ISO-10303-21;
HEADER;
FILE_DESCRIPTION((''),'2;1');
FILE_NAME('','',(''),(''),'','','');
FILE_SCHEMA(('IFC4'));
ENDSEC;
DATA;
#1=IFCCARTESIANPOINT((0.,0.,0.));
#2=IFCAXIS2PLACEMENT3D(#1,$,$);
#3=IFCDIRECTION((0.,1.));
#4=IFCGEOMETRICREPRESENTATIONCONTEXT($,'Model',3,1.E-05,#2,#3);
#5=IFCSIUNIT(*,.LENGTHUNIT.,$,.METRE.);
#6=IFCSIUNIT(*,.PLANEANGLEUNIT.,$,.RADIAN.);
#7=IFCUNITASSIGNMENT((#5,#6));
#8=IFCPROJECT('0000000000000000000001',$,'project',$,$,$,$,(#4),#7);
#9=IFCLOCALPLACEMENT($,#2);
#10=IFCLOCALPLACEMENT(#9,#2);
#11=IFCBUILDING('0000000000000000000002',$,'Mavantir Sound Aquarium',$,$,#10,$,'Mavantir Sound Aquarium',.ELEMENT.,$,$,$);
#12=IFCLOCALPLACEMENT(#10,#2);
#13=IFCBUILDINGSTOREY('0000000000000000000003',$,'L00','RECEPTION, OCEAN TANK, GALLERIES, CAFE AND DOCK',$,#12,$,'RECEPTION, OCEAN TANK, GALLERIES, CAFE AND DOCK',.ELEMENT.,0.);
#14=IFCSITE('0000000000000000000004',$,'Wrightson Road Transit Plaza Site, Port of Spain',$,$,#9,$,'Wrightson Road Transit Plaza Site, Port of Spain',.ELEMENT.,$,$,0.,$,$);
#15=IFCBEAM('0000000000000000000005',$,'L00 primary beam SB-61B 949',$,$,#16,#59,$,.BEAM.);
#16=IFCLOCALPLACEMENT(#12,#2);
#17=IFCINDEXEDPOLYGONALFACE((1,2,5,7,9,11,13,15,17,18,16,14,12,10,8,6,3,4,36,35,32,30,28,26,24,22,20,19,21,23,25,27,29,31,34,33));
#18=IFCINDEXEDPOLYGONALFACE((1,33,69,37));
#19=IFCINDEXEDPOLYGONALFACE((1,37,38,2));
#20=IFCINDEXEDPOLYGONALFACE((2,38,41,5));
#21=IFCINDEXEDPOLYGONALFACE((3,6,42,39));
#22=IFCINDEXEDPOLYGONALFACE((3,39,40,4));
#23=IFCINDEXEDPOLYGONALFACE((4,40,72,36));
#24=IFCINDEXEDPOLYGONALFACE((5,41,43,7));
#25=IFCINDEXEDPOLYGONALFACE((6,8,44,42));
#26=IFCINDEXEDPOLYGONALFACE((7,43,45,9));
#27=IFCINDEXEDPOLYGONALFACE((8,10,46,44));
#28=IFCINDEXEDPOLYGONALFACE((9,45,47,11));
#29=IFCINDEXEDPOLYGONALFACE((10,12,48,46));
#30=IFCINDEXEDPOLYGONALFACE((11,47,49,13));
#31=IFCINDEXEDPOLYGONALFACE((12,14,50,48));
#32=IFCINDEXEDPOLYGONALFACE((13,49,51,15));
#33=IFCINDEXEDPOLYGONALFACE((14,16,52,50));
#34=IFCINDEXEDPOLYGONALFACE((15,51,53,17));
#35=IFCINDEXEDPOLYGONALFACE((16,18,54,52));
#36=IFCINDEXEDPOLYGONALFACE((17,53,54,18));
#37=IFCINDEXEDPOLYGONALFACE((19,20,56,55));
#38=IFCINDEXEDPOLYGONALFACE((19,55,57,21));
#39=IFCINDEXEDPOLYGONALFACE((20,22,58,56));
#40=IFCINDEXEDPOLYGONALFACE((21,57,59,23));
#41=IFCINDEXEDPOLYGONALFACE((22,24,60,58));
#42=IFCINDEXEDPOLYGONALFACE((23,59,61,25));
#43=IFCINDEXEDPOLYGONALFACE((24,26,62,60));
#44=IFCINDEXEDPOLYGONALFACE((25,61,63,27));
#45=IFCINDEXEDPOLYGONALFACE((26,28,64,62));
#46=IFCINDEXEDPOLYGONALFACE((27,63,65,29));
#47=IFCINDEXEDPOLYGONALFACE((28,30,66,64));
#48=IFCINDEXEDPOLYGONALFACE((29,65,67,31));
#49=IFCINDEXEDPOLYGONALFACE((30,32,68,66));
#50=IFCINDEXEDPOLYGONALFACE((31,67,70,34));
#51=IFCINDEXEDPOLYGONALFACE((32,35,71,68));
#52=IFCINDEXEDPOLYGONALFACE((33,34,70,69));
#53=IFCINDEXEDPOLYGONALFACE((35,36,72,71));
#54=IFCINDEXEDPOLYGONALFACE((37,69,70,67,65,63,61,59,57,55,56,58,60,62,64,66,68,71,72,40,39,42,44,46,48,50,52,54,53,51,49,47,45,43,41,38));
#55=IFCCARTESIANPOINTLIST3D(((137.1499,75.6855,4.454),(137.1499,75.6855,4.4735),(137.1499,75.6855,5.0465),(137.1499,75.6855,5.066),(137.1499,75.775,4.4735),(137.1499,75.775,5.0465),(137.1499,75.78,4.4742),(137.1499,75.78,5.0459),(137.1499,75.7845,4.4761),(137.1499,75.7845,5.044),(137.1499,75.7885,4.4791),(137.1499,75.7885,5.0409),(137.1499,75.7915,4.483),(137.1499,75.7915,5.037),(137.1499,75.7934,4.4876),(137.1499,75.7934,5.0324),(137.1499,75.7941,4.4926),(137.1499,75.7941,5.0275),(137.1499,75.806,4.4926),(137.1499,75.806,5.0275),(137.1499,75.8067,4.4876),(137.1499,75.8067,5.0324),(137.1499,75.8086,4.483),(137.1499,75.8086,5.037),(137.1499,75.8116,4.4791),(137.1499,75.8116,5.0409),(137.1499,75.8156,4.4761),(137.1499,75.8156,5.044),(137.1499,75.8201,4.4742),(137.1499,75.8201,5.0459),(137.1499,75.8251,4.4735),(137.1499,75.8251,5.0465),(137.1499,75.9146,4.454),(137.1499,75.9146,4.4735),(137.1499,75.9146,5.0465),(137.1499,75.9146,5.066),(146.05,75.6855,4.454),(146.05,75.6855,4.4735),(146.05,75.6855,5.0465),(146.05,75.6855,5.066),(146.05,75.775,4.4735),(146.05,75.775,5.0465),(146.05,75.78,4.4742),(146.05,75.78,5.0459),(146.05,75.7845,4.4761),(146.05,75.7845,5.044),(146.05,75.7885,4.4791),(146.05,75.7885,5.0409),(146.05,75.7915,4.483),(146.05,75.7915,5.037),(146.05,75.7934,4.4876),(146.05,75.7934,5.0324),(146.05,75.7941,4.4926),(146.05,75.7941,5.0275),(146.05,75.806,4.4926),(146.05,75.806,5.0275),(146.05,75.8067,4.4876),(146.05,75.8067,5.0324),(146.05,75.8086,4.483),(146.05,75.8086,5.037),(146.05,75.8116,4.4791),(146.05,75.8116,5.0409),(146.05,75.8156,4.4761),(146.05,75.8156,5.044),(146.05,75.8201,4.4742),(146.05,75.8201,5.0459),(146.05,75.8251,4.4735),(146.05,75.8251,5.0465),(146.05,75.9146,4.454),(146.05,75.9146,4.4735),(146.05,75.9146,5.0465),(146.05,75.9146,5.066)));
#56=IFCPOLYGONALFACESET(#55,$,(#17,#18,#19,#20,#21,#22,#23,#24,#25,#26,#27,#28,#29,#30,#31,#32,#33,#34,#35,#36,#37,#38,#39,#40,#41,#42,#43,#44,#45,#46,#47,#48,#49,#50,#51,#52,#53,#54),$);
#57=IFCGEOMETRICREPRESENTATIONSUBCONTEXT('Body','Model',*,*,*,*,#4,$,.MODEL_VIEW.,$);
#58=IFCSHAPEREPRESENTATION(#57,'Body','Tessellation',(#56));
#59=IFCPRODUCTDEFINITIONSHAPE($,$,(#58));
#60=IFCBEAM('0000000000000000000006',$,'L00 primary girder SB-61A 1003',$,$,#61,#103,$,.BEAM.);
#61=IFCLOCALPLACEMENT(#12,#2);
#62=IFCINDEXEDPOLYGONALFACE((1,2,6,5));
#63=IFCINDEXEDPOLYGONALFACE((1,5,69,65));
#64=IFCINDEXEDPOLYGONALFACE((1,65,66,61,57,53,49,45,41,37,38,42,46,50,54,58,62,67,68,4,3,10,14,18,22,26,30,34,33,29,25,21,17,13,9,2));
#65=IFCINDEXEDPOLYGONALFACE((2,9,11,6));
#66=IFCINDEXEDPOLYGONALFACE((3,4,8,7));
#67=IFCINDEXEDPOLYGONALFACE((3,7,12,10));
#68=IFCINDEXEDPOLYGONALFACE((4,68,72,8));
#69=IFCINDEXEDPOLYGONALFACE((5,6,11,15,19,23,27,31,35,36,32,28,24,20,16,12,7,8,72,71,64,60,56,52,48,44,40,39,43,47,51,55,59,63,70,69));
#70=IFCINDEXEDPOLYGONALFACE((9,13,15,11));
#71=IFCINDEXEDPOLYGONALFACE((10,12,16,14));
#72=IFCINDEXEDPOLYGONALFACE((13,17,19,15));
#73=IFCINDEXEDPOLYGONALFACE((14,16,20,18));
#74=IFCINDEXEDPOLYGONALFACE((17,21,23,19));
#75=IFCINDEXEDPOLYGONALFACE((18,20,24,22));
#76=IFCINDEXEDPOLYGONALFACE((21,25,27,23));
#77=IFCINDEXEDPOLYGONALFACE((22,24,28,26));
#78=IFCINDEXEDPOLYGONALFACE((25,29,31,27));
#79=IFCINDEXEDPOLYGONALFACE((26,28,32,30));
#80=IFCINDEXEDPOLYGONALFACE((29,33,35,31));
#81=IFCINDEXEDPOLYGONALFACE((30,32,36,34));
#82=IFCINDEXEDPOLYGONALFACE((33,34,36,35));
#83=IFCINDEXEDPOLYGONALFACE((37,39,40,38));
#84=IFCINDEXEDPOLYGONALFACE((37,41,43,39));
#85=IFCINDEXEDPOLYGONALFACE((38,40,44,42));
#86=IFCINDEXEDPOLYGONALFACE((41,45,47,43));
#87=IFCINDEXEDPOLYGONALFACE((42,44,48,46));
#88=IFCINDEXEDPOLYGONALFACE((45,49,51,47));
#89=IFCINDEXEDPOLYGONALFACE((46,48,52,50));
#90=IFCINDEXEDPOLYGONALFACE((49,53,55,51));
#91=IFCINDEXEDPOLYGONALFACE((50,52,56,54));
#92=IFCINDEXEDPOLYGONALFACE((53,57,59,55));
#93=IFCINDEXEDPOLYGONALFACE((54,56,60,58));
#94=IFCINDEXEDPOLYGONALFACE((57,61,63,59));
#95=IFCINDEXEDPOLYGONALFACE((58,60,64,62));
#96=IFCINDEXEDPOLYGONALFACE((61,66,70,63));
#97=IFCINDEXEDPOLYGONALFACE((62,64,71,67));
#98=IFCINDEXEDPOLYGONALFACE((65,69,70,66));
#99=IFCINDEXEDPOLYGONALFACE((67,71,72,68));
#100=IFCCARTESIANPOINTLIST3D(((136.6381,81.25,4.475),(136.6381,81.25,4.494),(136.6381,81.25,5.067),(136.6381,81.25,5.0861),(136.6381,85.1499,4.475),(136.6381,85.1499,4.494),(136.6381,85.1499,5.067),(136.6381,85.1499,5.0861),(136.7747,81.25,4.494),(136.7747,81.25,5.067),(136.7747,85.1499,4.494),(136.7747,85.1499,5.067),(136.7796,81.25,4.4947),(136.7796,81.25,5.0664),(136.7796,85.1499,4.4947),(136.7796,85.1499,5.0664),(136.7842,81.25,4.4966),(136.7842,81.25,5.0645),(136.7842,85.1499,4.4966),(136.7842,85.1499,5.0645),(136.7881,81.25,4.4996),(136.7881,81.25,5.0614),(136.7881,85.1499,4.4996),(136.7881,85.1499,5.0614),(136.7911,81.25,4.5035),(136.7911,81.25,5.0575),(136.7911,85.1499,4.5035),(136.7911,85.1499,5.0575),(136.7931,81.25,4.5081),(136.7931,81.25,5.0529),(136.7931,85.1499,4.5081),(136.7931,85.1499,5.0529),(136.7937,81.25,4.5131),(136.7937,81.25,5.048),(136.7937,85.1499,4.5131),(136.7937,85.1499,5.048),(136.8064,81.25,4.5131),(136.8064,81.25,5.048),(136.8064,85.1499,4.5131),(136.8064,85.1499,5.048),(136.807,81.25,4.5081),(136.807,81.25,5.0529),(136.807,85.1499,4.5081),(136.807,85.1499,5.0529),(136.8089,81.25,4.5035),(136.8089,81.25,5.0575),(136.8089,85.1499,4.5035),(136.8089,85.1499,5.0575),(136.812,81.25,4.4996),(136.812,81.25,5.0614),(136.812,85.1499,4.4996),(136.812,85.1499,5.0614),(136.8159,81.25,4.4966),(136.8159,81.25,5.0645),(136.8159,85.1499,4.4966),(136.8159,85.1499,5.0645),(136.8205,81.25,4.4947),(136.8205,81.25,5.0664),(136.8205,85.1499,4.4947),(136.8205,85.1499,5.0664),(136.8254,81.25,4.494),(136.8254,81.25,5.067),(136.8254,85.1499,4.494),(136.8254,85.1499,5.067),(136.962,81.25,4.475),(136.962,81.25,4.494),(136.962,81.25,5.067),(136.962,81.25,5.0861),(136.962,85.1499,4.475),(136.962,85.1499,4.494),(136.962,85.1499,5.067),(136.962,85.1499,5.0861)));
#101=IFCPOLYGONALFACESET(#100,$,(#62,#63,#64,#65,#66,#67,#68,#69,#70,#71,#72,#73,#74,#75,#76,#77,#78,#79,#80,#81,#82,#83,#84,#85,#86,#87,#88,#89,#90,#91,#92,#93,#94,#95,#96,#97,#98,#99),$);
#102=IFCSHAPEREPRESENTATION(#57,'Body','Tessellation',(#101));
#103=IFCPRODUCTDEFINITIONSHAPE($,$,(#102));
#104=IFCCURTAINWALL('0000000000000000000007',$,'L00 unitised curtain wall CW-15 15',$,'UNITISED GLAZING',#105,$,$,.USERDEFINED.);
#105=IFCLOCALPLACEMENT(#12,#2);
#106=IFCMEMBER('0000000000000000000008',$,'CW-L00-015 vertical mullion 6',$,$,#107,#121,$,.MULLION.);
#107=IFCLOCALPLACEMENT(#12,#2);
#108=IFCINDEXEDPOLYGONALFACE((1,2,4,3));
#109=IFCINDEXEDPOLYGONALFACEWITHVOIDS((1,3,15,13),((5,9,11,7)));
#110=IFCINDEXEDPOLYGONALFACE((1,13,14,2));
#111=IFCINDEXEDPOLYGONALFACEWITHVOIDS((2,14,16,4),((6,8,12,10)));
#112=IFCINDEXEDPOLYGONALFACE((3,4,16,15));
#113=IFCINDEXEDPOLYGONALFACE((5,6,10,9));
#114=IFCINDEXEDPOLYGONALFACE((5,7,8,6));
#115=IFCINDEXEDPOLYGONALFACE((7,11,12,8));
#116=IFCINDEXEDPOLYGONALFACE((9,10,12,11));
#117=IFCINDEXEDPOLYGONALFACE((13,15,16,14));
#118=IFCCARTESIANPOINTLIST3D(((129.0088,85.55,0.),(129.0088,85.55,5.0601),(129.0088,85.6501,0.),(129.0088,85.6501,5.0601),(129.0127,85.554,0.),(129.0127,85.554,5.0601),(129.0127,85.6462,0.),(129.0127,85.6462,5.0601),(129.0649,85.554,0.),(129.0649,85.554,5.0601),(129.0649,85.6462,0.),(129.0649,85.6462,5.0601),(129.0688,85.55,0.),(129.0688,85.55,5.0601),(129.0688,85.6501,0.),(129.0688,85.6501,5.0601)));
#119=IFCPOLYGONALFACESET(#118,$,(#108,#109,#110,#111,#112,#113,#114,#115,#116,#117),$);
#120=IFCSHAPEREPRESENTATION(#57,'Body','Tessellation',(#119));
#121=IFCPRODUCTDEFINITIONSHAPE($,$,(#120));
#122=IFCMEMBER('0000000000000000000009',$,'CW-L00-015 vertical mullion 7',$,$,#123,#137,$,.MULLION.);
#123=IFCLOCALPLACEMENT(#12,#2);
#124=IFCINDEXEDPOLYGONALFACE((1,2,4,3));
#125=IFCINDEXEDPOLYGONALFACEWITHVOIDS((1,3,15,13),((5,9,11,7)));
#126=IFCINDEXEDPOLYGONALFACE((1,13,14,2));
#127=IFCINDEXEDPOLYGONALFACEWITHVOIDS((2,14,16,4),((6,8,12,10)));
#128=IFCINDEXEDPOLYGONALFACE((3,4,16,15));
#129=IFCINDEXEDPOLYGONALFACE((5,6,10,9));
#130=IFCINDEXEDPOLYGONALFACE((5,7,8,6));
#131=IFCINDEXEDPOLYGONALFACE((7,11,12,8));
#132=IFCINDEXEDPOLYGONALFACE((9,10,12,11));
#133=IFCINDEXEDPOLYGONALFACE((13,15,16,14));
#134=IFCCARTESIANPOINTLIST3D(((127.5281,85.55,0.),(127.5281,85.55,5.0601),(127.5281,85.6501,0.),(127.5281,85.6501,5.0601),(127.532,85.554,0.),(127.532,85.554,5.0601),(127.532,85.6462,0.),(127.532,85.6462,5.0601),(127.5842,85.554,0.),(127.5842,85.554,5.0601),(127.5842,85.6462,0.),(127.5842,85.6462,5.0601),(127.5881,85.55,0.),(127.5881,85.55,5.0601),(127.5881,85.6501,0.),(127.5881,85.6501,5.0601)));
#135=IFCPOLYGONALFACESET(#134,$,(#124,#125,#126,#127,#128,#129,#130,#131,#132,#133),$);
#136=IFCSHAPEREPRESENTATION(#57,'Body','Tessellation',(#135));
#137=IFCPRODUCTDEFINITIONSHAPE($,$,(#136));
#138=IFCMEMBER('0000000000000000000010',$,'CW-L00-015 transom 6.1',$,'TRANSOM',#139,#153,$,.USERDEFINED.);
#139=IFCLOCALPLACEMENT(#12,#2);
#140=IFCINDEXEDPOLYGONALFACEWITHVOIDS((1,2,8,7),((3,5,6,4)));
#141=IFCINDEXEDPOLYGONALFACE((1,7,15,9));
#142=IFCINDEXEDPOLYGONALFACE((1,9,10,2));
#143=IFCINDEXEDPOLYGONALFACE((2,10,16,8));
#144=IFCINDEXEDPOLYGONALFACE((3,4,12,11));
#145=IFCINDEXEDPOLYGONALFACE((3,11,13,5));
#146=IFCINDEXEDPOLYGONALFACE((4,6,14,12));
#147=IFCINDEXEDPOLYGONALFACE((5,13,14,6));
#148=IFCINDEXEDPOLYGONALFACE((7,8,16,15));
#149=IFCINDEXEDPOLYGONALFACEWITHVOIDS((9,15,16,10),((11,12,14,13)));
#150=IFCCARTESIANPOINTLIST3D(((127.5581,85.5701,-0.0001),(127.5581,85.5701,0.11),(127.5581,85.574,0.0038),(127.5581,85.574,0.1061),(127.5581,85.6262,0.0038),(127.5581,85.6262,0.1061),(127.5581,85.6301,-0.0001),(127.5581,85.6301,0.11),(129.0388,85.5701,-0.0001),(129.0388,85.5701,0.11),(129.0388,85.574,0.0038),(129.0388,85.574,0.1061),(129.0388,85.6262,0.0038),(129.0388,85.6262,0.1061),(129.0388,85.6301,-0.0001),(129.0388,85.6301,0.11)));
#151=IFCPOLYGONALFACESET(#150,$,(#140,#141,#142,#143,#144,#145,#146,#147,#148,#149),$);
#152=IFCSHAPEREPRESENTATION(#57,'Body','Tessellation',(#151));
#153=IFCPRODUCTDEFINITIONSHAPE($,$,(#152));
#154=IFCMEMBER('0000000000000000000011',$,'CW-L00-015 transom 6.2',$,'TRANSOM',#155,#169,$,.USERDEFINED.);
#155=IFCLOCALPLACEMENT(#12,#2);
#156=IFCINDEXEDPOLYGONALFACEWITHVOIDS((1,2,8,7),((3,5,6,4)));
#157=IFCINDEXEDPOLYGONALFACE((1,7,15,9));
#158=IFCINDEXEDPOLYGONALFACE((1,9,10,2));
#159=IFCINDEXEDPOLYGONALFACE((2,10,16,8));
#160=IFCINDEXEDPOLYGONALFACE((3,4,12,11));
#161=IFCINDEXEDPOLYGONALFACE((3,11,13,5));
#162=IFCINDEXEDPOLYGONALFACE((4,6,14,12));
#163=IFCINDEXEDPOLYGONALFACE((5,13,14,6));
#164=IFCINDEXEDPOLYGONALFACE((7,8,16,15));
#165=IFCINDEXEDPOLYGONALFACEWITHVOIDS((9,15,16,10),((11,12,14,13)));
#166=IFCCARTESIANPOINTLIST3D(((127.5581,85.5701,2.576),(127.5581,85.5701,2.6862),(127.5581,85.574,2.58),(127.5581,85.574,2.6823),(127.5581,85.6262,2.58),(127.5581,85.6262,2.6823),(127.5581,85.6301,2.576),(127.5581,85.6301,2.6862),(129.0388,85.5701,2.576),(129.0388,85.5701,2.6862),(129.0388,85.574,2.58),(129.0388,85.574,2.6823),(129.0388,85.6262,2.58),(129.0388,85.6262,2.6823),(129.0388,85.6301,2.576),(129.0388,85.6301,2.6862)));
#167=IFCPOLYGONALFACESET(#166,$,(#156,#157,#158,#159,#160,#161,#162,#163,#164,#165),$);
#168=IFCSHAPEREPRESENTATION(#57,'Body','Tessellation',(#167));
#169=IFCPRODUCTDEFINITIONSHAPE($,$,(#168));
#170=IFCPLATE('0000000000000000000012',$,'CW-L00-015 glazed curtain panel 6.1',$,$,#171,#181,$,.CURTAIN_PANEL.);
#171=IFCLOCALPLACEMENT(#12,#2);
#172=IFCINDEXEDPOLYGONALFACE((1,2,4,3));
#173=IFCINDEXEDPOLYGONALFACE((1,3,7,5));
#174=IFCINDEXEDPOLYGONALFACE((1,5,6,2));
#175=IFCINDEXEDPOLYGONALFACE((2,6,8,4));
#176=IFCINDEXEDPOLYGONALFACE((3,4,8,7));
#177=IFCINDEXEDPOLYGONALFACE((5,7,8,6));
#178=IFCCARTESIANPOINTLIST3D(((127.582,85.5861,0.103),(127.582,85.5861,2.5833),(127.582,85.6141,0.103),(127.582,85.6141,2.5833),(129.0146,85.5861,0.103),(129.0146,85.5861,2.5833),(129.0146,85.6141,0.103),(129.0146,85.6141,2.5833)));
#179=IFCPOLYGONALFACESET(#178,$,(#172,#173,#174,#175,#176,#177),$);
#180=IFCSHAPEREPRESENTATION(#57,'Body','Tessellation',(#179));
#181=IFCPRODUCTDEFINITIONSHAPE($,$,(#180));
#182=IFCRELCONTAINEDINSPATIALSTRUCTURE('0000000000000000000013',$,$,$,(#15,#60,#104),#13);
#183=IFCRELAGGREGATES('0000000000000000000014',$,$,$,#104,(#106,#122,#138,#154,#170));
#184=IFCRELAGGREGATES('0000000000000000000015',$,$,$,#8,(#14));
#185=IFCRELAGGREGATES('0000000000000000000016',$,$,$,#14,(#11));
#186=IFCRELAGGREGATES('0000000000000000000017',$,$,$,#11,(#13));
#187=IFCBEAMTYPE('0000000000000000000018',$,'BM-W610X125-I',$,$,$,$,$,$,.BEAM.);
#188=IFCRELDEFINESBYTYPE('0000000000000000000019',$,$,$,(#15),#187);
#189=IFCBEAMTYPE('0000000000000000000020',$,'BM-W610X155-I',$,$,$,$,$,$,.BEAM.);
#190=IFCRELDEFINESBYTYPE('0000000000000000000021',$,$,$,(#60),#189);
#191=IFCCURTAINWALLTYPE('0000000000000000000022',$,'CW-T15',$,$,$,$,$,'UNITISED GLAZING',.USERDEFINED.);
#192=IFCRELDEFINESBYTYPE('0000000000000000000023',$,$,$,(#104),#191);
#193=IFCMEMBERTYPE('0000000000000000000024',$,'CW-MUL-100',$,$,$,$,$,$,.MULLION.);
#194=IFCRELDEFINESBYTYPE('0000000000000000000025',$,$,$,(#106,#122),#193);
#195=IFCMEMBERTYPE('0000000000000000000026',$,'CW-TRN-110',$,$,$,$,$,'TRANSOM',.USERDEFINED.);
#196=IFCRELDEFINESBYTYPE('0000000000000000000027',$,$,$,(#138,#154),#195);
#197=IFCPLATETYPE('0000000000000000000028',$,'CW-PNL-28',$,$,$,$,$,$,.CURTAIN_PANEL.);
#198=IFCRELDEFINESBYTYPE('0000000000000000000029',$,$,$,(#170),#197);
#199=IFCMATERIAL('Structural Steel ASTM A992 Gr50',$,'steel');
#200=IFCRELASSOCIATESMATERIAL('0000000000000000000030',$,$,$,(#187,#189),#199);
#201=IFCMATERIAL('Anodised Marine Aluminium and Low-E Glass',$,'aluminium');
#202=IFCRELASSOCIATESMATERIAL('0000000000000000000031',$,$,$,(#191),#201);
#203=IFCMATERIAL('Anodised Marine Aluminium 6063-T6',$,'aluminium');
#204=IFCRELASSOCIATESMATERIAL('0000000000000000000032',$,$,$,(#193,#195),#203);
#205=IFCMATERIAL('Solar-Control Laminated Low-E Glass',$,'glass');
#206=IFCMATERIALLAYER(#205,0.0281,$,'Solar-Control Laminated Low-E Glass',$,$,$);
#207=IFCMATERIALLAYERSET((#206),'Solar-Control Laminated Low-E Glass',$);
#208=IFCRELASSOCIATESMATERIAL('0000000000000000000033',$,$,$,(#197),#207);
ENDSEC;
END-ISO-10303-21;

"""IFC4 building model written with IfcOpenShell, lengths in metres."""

from ifc_helpers import new_model, si_unit, direction, frame, origin, origin_2d, place, context, subcontext, project, spatial, rectangle, hollow_rectangle, i_section, extrude, material, layer, layer_set, material_profile, profile_set, type_object, element, aggregate, save


model = new_model("IFC4")

# Units and contexts
model_context = context("Model", 3, precision=1e-05, world=origin(), true_north=direction((0.0, 1.0)))
body_context = subcontext(model_context, "Body", "Model", "MODEL_VIEW")
ifc_project = project(units=[si_unit("LENGTHUNIT", "METRE"), si_unit("PLANEANGLEUNIT", "RADIAN")], contexts=[model_context])

# Site, building, storey
site_placement = place(None, origin())
site = spatial("IfcSite", under=ifc_project, at=site_placement, Name="Wrightson Road Transit Plaza Site, Port of Spain", LongName="Wrightson Road Transit Plaza Site, Port of Spain", CompositionType="ELEMENT", RefElevation=0.0)
building_placement = place(site_placement, origin())
building = spatial("IfcBuilding", under=site, at=building_placement, Name="Mavantir Sound Aquarium", LongName="Mavantir Sound Aquarium", CompositionType="ELEMENT")
storey_placement = place(building_placement, origin())
storey = spatial("IfcBuildingStorey", under=building, at=storey_placement, Name="L00", Description="RECEPTION, OCEAN TANK, GALLERIES, CAFE AND DOCK", LongName="RECEPTION, OCEAN TANK, GALLERIES, CAFE AND DOCK", CompositionType="ELEMENT", Elevation=0.0)

# Beams
ifc_material_1 = material(Name="Structural Steel ASTM A992 Gr50", Category="steel")
ifc_material_profile_1 = material_profile(ifc_material_1, i_section(OverallWidth=0.229, OverallDepth=0.6121, WebThickness=0.012, FlangeThickness=0.0195, FilletRadius=0.019, at=origin_2d()), Name="W610X125")
ifc_profile_set_1 = profile_set([ifc_material_profile_1], Name="Structural Steel ASTM A992 Gr50")
beam_type_1 = type_object("IfcBeamType", Name="BM-W610X125-I", PredefinedType="BEAM", material=ifc_profile_set_1)
beam_1_placement = place(storey_placement, frame((137.1499, 75.8, 4.76), z_axis=(1.0, 0.0, 0.0), x_axis=(0.0, 1.0, 0.0)))
element("IfcBeam", 1, at=beam_1_placement, inside=storey, type_object=beam_type_1, Name="L00 primary beam SB-61B 949", PredefinedType="BEAM", context=body_context, shape_type="SweptSolid", body=[
    extrude(i_section(OverallWidth=0.229, OverallDepth=0.6121, WebThickness=0.012, FlangeThickness=0.0195, FilletRadius=0.019, at=origin_2d()), origin(), (0.0, 0.0, 1.0), 8.9001),
])
ifc_material_profile_2 = material_profile(ifc_material_1, i_section(OverallWidth=0.324, OverallDepth=0.6111, WebThickness=0.0127, FlangeThickness=0.019, FilletRadius=0.019, at=origin_2d()), Name="W610X155")
ifc_profile_set_2 = profile_set([ifc_material_profile_2], Name="Structural Steel ASTM A992 Gr50")
beam_type_2 = type_object("IfcBeamType", Name="BM-W610X155-I", PredefinedType="BEAM", material=ifc_profile_set_2)
beam_2_placement = place(storey_placement, frame((136.8, 81.25, 4.7805), z_axis=(0.0, 1.0, 0.0), x_axis=(-1.0, 0.0, 0.0)))
element("IfcBeam", 2, at=beam_2_placement, inside=storey, type_object=beam_type_2, Name="L00 primary girder SB-61A 1003", PredefinedType="BEAM", context=body_context, shape_type="SweptSolid", body=[
    extrude(i_section(OverallWidth=0.324, OverallDepth=0.6111, WebThickness=0.0127, FlangeThickness=0.019, FilletRadius=0.019, at=origin_2d()), origin(), (0.0, 0.0, 1.0), 3.8999),
])

# Curtain wall, members, plate
ifc_material_2 = material(Name="Anodised Marine Aluminium and Low-E Glass", Category="aluminium")
curtain_wall_type = type_object("IfcCurtainWallType", Name="CW-T15", ElementType="UNITISED GLAZING", PredefinedType="USERDEFINED", material=ifc_material_2)
curtain_wall_placement = place(storey_placement, origin())
curtain_wall = element("IfcCurtainWall", 3, at=curtain_wall_placement, inside=storey, type_object=curtain_wall_type, Name="L00 unitised curtain wall CW-15 15", ObjectType="UNITISED GLAZING", PredefinedType="USERDEFINED")
ifc_material_3 = material(Name="Anodised Marine Aluminium 6063-T6", Category="aluminium")
ifc_material_profile_3 = material_profile(ifc_material_3, hollow_rectangle(XDim=0.0601, YDim=0.1001, WallThickness=0.0039, at=origin_2d()), Name="ALU-MULLION-100X60")
ifc_profile_set_3 = profile_set([ifc_material_profile_3], Name="Anodised Marine Aluminium 6063-T6")
member_type_1 = type_object("IfcMemberType", Name="CW-MUL-100", PredefinedType="MULLION", material=ifc_profile_set_3)
member_1_placement = place(storey_placement, frame((129.0388, 85.6001, 0.0), z_axis=(0.0, 0.0, 1.0), x_axis=(1.0, 0.0, 0.0)))
member_1 = element("IfcMember", 4, at=member_1_placement, type_object=member_type_1, Name="CW-L00-015 vertical mullion 6", PredefinedType="MULLION", context=body_context, shape_type="SweptSolid", body=[
    extrude(hollow_rectangle(XDim=0.0601, YDim=0.1001, WallThickness=0.0039, at=origin_2d()), origin(), (0.0, 0.0, 1.0), 5.0601),
])
member_2_placement = place(storey_placement, frame((127.5581, 85.6001, 0.0), z_axis=(0.0, 0.0, 1.0), x_axis=(1.0, 0.0, 0.0)))
member_2 = element("IfcMember", 5, at=member_2_placement, type_object=member_type_1, Name="CW-L00-015 vertical mullion 7", PredefinedType="MULLION", context=body_context, shape_type="SweptSolid", body=[
    extrude(hollow_rectangle(XDim=0.0601, YDim=0.1001, WallThickness=0.0039, at=origin_2d()), origin(), (0.0, 0.0, 1.0), 5.0601),
])
ifc_material_profile_4 = material_profile(ifc_material_3, hollow_rectangle(XDim=0.0601, YDim=0.1101, WallThickness=0.0039, at=origin_2d()), Name="ALU-TRANSOM-110X60")
ifc_profile_set_4 = profile_set([ifc_material_profile_4], Name="Anodised Marine Aluminium 6063-T6")
member_type_2 = type_object("IfcMemberType", Name="CW-TRN-110", ElementType="TRANSOM", PredefinedType="USERDEFINED", material=ifc_profile_set_4)
member_3_placement = place(storey_placement, frame((129.0388, 85.6001, 0.0549), z_axis=(-1.0, 0.0, 0.0), x_axis=(0.0, -1.0, 0.0)))
member_3 = element("IfcMember", 6, at=member_3_placement, type_object=member_type_2, Name="CW-L00-015 transom 6.1", ObjectType="TRANSOM", PredefinedType="USERDEFINED", context=body_context, shape_type="SweptSolid", body=[
    extrude(hollow_rectangle(XDim=0.0601, YDim=0.1101, WallThickness=0.0039, at=origin_2d()), origin(), (0.0, 0.0, 1.0), 1.4807),
])
member_4_placement = place(storey_placement, frame((129.0388, 85.6001, 2.6311), z_axis=(-1.0, 0.0, 0.0), x_axis=(0.0, -1.0, 0.0)))
member_4 = element("IfcMember", 7, at=member_4_placement, type_object=member_type_2, Name="CW-L00-015 transom 6.2", ObjectType="TRANSOM", PredefinedType="USERDEFINED", context=body_context, shape_type="SweptSolid", body=[
    extrude(hollow_rectangle(XDim=0.0601, YDim=0.1101, WallThickness=0.0039, at=origin_2d()), origin(), (0.0, 0.0, 1.0), 1.4807),
])
ifc_material_4 = material(Name="Solar-Control Laminated Low-E Glass", Category="glass")
ifc_layer_1 = layer(ifc_material_4, 0.0281, Name="Solar-Control Laminated Low-E Glass")
ifc_layer_set_1 = layer_set([ifc_layer_1], Name="Solar-Control Laminated Low-E Glass")
plate_type = type_object("IfcPlateType", Name="CW-PNL-28", PredefinedType="CURTAIN_PANEL", material=ifc_layer_set_1)
plate_1_placement = place(storey_placement, frame((128.2983, 85.6001, 0.103), z_axis=(0.0, 0.0, 1.0), x_axis=(-1.0, 0.0, 0.0)))
plate_1 = element("IfcPlate", 8, at=plate_1_placement, type_object=plate_type, Name="CW-L00-015 glazed curtain panel 6.1", PredefinedType="CURTAIN_PANEL", context=body_context, shape_type="SweptSolid", body=[
    extrude(rectangle(XDim=1.4326, YDim=0.0281, at=origin_2d()), origin(), (0.0, 0.0, 1.0), 2.4802),
])
aggregate(curtain_wall, [member_1, member_2, member_3, member_4, plate_1])

save(model, "model.ifc")
